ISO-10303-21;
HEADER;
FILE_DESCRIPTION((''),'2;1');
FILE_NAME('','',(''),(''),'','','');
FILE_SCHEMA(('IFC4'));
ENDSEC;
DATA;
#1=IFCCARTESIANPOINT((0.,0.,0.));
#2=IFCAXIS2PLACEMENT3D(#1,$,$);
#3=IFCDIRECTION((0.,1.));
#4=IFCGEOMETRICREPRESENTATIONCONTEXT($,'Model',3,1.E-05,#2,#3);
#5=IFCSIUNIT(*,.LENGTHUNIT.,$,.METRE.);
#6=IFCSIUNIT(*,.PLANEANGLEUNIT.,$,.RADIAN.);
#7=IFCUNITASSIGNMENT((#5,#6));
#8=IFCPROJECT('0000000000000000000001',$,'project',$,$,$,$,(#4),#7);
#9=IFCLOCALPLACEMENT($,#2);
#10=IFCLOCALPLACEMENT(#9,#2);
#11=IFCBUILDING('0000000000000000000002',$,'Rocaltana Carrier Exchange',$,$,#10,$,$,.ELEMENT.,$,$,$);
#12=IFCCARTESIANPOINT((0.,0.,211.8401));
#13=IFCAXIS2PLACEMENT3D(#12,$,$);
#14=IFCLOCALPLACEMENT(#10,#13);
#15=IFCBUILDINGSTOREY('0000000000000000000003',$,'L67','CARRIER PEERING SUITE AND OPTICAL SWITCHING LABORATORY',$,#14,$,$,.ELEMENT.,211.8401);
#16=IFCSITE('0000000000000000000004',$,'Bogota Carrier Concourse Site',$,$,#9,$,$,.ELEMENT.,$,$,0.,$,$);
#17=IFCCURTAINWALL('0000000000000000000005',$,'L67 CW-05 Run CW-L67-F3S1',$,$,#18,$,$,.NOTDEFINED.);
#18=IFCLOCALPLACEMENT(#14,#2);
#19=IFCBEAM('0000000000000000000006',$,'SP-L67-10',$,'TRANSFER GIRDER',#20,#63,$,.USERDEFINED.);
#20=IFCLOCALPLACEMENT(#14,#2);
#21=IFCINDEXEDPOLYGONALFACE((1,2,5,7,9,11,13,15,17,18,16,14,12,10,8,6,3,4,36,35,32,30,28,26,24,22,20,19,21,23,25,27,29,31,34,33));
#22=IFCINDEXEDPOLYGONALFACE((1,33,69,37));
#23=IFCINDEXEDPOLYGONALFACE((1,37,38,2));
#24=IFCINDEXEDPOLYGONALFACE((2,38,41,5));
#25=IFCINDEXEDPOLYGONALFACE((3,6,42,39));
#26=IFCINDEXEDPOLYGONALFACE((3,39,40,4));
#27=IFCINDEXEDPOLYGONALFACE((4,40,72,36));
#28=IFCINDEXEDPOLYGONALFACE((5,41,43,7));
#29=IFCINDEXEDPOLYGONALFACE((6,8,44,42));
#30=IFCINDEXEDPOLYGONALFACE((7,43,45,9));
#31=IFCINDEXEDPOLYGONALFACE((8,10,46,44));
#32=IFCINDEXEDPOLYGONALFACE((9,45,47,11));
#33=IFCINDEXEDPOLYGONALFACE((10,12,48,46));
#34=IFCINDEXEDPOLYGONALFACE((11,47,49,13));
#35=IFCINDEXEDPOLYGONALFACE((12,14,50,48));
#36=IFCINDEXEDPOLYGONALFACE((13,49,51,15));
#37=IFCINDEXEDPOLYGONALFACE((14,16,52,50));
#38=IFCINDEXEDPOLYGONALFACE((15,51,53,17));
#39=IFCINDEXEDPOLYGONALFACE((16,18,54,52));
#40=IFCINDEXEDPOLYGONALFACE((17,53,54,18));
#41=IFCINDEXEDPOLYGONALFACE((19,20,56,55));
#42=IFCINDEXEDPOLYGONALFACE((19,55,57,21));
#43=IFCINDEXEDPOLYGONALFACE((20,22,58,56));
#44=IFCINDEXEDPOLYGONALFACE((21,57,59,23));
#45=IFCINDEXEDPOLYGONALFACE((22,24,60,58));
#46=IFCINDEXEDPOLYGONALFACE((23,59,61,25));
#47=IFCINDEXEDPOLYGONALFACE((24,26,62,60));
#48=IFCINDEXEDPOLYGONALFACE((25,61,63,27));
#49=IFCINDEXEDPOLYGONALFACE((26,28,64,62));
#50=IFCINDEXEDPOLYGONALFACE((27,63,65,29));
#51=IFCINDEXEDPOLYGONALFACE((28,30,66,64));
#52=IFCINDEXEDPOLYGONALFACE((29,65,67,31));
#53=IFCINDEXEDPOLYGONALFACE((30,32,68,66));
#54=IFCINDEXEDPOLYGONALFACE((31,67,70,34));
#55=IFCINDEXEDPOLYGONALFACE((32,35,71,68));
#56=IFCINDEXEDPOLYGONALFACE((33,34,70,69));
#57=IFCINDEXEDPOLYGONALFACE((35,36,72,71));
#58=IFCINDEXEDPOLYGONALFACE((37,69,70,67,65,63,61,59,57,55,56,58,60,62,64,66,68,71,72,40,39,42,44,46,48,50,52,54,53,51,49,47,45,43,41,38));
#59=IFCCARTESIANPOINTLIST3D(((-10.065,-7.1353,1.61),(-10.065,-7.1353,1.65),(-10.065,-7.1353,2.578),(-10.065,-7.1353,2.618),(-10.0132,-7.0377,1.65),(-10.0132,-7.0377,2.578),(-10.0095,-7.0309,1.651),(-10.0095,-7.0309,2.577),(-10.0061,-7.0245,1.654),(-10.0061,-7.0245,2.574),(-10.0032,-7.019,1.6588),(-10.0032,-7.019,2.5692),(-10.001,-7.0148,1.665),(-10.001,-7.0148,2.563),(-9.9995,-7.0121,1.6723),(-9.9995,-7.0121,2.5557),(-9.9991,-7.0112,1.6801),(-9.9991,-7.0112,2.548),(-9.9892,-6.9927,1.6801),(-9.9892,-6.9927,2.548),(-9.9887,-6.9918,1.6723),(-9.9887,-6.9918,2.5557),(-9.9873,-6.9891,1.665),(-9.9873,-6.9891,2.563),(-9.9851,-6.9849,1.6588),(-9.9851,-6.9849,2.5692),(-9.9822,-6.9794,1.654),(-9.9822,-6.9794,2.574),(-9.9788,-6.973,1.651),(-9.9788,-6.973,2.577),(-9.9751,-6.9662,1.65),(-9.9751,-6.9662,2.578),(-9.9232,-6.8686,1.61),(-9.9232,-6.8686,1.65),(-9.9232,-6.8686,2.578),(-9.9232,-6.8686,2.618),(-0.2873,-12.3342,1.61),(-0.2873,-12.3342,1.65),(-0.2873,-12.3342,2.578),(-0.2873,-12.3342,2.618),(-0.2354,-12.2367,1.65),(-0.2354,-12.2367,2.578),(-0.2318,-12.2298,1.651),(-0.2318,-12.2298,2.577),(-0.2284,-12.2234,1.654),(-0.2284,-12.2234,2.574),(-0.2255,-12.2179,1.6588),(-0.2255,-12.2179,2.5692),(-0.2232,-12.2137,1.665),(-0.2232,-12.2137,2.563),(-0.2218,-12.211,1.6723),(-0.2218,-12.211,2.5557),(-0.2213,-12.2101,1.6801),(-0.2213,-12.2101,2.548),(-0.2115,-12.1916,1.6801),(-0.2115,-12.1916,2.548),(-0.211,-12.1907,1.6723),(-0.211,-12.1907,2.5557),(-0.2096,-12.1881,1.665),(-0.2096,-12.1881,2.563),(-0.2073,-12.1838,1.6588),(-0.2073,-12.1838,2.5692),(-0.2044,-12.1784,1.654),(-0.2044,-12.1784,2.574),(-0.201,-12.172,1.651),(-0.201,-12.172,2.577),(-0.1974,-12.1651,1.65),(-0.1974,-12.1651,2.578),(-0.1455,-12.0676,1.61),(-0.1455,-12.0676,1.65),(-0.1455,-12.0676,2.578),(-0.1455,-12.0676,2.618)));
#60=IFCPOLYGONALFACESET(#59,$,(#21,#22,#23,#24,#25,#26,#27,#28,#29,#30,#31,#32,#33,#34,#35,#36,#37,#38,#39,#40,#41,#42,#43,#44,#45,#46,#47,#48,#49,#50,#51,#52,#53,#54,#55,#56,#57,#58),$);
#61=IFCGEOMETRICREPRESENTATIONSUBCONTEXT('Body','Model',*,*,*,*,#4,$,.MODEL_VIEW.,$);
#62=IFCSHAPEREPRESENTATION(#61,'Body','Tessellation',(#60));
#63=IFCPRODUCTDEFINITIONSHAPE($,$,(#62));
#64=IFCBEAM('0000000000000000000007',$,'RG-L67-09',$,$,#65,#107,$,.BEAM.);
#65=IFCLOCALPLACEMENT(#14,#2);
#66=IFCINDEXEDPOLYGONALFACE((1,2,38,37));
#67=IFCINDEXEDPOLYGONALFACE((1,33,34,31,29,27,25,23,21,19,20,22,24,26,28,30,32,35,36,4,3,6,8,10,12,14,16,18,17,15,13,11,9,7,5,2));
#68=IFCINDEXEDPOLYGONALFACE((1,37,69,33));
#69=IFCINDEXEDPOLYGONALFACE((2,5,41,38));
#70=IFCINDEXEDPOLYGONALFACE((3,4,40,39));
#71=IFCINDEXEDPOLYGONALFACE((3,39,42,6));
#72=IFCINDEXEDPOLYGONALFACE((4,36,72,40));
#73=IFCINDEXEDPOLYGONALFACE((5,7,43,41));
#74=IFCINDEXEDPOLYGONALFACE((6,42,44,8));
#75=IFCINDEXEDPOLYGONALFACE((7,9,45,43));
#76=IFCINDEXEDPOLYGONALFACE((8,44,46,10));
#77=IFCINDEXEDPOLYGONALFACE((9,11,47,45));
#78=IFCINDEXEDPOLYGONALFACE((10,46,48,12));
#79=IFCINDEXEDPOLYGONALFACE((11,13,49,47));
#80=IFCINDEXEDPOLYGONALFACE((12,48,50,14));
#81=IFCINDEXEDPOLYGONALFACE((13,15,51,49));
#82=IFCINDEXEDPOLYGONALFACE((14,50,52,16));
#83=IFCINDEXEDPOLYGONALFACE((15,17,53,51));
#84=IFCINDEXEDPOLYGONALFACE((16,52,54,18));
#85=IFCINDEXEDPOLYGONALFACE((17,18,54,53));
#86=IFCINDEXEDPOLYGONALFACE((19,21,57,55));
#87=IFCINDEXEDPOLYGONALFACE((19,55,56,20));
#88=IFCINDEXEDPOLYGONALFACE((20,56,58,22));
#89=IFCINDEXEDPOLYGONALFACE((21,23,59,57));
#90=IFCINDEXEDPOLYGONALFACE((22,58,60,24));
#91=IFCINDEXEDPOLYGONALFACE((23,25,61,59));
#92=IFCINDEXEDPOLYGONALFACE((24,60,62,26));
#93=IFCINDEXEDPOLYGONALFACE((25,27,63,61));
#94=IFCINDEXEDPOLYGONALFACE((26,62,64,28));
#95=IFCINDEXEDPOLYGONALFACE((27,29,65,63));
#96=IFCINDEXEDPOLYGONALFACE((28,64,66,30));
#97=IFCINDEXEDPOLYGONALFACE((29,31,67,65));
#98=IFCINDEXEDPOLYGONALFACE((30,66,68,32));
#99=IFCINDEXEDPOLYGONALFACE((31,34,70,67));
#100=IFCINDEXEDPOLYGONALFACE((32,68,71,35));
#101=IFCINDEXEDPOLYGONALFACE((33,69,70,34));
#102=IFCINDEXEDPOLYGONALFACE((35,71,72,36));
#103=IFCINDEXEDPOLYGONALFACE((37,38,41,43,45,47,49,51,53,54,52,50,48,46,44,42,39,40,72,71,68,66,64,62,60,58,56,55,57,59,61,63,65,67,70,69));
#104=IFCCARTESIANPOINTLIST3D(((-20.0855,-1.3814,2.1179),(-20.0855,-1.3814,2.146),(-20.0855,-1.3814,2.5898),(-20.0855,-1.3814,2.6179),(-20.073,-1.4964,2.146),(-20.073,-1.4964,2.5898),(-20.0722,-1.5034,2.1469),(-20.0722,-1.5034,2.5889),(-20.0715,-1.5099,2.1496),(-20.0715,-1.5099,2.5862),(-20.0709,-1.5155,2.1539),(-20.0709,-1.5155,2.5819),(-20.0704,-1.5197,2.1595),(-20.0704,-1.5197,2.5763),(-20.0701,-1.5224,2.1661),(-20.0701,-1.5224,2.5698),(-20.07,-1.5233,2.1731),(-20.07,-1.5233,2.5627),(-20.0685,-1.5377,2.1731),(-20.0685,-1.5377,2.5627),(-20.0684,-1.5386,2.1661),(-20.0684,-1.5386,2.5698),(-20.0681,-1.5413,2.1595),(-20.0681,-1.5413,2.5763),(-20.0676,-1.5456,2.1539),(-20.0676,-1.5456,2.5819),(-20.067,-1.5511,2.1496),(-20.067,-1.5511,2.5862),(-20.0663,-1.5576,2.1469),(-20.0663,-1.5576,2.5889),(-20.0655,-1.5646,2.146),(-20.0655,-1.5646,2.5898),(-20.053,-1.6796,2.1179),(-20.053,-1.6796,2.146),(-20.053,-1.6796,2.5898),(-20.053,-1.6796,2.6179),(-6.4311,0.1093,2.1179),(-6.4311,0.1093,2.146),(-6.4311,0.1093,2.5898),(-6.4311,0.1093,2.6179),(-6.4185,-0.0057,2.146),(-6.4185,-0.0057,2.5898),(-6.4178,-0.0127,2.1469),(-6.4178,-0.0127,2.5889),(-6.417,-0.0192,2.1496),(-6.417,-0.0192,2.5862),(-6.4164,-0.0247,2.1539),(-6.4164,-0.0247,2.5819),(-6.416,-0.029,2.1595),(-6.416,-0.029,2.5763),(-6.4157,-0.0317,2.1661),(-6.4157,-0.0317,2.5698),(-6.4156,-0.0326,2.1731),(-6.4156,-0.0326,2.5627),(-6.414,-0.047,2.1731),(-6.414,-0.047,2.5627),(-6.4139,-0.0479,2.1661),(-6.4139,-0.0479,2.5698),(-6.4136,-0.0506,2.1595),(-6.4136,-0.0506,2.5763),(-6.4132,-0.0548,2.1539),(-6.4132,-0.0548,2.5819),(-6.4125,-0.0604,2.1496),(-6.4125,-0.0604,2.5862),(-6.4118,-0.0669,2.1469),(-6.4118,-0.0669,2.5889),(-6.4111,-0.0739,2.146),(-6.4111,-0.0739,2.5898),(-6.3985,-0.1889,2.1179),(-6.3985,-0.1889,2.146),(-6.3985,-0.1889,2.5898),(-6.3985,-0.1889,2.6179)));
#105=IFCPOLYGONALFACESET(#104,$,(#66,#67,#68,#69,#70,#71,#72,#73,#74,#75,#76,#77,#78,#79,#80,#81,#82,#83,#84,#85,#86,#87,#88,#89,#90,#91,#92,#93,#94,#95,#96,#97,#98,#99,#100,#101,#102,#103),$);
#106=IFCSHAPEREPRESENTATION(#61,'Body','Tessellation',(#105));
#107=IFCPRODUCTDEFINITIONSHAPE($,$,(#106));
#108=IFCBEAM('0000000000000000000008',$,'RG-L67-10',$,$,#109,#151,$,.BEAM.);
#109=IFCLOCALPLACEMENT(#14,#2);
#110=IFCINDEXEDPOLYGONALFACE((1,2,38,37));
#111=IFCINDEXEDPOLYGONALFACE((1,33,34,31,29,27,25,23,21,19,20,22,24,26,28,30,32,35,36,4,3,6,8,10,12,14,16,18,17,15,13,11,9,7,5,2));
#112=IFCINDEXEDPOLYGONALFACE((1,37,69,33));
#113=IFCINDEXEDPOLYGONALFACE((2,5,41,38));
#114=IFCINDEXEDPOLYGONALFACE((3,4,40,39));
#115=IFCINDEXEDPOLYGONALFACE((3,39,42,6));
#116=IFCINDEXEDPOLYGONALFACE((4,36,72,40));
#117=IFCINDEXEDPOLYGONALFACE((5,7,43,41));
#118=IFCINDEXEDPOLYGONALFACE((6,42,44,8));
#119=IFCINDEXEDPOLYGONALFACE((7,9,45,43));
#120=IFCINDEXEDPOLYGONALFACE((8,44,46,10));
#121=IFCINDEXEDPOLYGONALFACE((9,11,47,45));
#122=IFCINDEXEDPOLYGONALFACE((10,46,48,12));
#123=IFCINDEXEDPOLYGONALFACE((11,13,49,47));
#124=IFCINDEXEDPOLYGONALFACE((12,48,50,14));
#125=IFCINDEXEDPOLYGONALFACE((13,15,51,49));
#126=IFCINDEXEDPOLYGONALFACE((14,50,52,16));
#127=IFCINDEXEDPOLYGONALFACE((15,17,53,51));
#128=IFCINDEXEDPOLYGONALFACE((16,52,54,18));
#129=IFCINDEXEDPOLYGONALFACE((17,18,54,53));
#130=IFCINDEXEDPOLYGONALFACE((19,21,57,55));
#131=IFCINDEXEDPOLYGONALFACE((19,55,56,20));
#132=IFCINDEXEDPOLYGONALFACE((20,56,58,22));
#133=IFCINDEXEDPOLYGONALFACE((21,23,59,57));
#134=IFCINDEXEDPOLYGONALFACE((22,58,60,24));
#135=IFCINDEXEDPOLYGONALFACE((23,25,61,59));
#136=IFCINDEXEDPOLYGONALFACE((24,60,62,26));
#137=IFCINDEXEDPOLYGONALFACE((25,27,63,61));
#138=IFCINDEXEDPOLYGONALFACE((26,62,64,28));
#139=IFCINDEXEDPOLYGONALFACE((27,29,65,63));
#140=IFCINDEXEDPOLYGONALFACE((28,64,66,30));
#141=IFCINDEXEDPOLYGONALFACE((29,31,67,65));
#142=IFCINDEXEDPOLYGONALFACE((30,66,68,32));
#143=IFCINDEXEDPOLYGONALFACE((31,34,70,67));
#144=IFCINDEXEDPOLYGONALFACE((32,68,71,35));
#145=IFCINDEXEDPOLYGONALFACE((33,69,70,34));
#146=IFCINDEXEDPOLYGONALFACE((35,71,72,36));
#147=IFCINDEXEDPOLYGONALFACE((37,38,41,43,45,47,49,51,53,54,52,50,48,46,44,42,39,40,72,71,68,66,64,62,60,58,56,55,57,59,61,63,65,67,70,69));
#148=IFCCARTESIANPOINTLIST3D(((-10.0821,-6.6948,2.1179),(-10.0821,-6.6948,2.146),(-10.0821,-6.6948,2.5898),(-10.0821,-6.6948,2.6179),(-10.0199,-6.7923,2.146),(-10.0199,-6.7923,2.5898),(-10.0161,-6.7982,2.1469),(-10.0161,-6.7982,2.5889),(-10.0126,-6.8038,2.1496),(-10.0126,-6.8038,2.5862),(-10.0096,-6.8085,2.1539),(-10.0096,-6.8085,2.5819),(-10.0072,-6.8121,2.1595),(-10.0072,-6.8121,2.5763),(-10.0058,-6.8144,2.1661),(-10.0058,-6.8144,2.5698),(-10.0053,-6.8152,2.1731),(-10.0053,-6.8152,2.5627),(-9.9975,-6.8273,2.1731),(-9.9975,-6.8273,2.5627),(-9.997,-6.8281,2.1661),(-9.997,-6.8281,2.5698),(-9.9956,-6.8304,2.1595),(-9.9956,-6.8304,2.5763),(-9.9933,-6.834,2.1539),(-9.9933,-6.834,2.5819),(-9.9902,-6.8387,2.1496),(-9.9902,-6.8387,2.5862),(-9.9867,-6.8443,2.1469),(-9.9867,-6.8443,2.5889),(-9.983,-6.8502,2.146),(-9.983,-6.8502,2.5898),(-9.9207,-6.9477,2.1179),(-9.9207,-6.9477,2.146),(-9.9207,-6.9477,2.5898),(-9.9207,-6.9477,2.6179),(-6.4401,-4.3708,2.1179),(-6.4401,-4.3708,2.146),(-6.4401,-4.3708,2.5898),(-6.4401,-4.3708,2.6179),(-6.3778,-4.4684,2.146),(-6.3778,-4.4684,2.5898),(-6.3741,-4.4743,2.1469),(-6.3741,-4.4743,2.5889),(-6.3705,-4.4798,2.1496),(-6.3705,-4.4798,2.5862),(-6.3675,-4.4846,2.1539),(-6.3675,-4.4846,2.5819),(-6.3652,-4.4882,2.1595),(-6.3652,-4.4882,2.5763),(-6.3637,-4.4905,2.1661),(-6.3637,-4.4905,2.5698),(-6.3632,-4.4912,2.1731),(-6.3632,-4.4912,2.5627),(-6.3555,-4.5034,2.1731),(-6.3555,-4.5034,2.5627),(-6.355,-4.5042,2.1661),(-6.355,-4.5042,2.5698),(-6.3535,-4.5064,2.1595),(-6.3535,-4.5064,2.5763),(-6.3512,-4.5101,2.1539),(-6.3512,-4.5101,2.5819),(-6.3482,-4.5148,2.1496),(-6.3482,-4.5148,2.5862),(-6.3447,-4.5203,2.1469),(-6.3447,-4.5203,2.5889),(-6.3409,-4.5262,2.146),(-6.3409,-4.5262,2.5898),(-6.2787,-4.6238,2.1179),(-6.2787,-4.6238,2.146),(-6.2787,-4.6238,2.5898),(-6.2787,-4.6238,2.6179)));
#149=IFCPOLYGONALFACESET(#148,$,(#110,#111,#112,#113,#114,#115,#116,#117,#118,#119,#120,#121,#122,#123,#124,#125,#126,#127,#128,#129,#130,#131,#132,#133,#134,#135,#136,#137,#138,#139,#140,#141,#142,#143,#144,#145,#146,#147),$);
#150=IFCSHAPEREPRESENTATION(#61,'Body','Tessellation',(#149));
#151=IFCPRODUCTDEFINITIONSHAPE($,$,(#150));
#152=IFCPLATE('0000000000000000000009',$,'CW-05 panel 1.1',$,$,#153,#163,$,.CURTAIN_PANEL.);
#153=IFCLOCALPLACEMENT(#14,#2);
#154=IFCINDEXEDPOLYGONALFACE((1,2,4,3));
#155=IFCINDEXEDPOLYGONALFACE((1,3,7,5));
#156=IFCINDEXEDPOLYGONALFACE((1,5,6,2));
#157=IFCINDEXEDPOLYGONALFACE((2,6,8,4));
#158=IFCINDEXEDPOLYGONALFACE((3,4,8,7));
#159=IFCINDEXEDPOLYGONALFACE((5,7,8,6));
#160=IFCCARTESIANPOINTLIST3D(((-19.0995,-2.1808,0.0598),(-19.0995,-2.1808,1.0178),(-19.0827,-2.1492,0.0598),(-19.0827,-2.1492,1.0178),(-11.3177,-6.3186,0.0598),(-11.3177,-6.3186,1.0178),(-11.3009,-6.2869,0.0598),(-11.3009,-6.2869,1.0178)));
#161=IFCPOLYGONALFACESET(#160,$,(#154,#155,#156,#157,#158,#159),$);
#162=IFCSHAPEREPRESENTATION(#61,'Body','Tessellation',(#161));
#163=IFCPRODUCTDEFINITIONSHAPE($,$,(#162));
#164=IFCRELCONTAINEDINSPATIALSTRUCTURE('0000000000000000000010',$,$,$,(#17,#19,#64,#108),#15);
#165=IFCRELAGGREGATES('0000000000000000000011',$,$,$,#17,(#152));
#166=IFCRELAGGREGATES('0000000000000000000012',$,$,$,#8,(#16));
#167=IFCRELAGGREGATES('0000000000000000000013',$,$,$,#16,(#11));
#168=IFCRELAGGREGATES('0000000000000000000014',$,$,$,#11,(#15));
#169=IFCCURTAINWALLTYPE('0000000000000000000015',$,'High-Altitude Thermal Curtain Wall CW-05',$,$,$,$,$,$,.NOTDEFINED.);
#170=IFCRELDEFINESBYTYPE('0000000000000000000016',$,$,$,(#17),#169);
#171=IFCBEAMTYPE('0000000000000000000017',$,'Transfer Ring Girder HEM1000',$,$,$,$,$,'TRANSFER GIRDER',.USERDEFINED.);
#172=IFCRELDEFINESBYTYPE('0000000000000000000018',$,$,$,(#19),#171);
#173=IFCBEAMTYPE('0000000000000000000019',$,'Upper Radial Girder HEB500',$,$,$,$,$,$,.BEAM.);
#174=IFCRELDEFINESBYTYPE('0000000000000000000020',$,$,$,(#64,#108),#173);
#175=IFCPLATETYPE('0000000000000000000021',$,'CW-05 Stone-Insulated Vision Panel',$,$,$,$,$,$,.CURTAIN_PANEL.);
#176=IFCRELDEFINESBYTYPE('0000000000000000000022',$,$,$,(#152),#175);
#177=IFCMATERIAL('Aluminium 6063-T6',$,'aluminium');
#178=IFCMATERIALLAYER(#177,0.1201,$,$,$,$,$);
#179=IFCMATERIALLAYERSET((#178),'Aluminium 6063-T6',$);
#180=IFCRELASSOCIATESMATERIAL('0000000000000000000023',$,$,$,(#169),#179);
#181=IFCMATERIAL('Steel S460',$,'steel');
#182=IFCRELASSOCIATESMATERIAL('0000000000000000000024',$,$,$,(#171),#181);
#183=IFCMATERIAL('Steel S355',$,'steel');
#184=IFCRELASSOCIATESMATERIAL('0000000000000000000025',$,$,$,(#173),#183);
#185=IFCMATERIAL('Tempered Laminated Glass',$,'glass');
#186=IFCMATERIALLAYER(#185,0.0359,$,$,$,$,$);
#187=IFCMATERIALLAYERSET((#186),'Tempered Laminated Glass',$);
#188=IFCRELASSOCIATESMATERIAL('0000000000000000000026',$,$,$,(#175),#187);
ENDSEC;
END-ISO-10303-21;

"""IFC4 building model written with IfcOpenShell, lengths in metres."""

from ifc_helpers import new_model, si_unit, direction, frame, origin, origin_2d, place, context, subcontext, project, spatial, rectangle, i_section, extrude, material, layer, layer_set, material_profile, profile_set, type_object, element, aggregate, save


model = new_model("IFC4")

# Units and contexts
model_context = context("Model", 3, precision=1e-05, world=origin(), true_north=direction((0.0, 1.0)))
body_context = subcontext(model_context, "Body", "Model", "MODEL_VIEW")
ifc_project = project(units=[si_unit("LENGTHUNIT", "METRE"), si_unit("PLANEANGLEUNIT", "RADIAN")], contexts=[model_context])

# Site, building, storey
site_placement = place(None, origin())
site = spatial("IfcSite", under=ifc_project, at=site_placement, Name="Bogota Carrier Concourse Site", CompositionType="ELEMENT", RefElevation=0.0)
building_placement = place(site_placement, origin())
building = spatial("IfcBuilding", under=site, at=building_placement, Name="Rocaltana Carrier Exchange", CompositionType="ELEMENT")
storey_placement = place(building_placement, frame((0.0, 0.0, 211.8401)))
storey = spatial("IfcBuildingStorey", under=building, at=storey_placement, Name="L67", Description="CARRIER PEERING SUITE AND OPTICAL SWITCHING LABORATORY", CompositionType="ELEMENT", Elevation=211.8401)

# Curtain wall
ifc_material_1 = material(Name="Aluminium 6063-T6", Category="aluminium")
ifc_layer_1 = layer(ifc_material_1, 0.1201)
ifc_layer_set_1 = layer_set([ifc_layer_1], Name="Aluminium 6063-T6")
curtain_wall_type = type_object("IfcCurtainWallType", Name="High-Altitude Thermal Curtain Wall CW-05", PredefinedType="NOTDEFINED", material=ifc_layer_set_1)
curtain_wall_1_placement = place(storey_placement, origin())
curtain_wall_1 = element("IfcCurtainWall", 1, at=curtain_wall_1_placement, inside=storey, type_object=curtain_wall_type, Name="L67 CW-05 Run CW-L67-F3S1", PredefinedType="NOTDEFINED")

# Beams
ifc_material_2 = material(Name="Steel S460", Category="steel")
ifc_material_profile_1 = material_profile(ifc_material_2, i_section(OverallWidth=0.302, OverallDepth=1.0081, WebThickness=0.021, FlangeThickness=0.04, FilletRadius=0.03, at=origin_2d()), Name="HEM1000")
ifc_profile_set_1 = profile_set([ifc_material_profile_1], Name="Steel S460")
beam_type_1 = type_object("IfcBeamType", Name="Transfer Ring Girder HEM1000", ElementType="TRANSFER GIRDER", PredefinedType="USERDEFINED", material=ifc_profile_set_1)
beam_1_placement = place(storey_placement, frame((-9.9941, -7.002, 2.114), z_axis=(0.882947, -0.469472, 0.0), x_axis=(0.469472, 0.882947, 0.0)))
element("IfcBeam", 2, at=beam_1_placement, inside=storey, type_object=beam_type_1, Name="SP-L67-10", ObjectType="TRANSFER GIRDER", PredefinedType="USERDEFINED", context=body_context, shape_type="SweptSolid", body=[
    extrude(i_section(OverallWidth=0.302, OverallDepth=1.0081, WebThickness=0.021, FlangeThickness=0.04, FilletRadius=0.03, at=origin_2d()), origin(), (0.0, 0.0, 1.0), 11.074),
])
ifc_material_3 = material(Name="Steel S355", Category="steel")
ifc_material_profile_2 = material_profile(ifc_material_3, i_section(OverallWidth=0.3, OverallDepth=0.5, WebThickness=0.0144, FlangeThickness=0.0281, FilletRadius=0.0271, at=origin_2d()), Name="HEB500")
ifc_profile_set_2 = profile_set([ifc_material_profile_2], Name="Steel S355")
beam_type_2 = type_object("IfcBeamType", Name="Upper Radial Girder HEB500", PredefinedType="BEAM", material=ifc_profile_set_2)
beam_2_placement = place(storey_placement, frame((-6.4148, -0.0398, 2.3679), z_axis=(-0.994093, -0.108529, 0.0), x_axis=(0.108529, -0.994093, 0.0)))
element("IfcBeam", 3, at=beam_2_placement, inside=storey, type_object=beam_type_2, Name="RG-L67-09", PredefinedType="BEAM", context=body_context, shape_type="SweptSolid", body=[
    extrude(i_section(OverallWidth=0.3, OverallDepth=0.5, WebThickness=0.0144, FlangeThickness=0.0281, FilletRadius=0.0271, at=origin_2d()), origin(), (0.0, 0.0, 1.0), 13.7356),
])
beam_3_placement = place(storey_placement, frame((-6.3594, -4.4973, 2.3679), z_axis=(-0.843002, -0.53791, 0.0), x_axis=(0.53791, -0.843002, 0.0)))
element("IfcBeam", 4, at=beam_3_placement, inside=storey, type_object=beam_type_2, Name="RG-L67-10", PredefinedType="BEAM", context=body_context, shape_type="SweptSolid", body=[
    extrude(i_section(OverallWidth=0.3, OverallDepth=0.5, WebThickness=0.0144, FlangeThickness=0.0281, FilletRadius=0.0271, at=origin_2d()), origin(), (0.0, 0.0, 1.0), 4.3203),
])

# Plate
ifc_material_4 = material(Name="Tempered Laminated Glass", Category="glass")
ifc_layer_2 = layer(ifc_material_4, 0.0359)
ifc_layer_set_2 = layer_set([ifc_layer_2], Name="Tempered Laminated Glass")
plate_type = type_object("IfcPlateType", Name="CW-05 Stone-Insulated Vision Panel", PredefinedType="CURTAIN_PANEL", material=ifc_layer_set_2)
plate_placement = place(storey_placement, frame((-15.2002, -4.2339, 0.0598), z_axis=(0.0, 0.0, 1.0), x_axis=(0.882941, -0.469483, 0.0)))
plate = element("IfcPlate", 5, at=plate_placement, type_object=plate_type, Name="CW-05 panel 1.1", PredefinedType="CURTAIN_PANEL", context=body_context, shape_type="SweptSolid", body=[
    extrude(rectangle(XDim=8.8135, YDim=0.0359, at=origin_2d()), origin(), (0.0, 0.0, 1.0), 0.958),
])
aggregate(curtain_wall_1, [plate])

save(model, "model.ifc")
